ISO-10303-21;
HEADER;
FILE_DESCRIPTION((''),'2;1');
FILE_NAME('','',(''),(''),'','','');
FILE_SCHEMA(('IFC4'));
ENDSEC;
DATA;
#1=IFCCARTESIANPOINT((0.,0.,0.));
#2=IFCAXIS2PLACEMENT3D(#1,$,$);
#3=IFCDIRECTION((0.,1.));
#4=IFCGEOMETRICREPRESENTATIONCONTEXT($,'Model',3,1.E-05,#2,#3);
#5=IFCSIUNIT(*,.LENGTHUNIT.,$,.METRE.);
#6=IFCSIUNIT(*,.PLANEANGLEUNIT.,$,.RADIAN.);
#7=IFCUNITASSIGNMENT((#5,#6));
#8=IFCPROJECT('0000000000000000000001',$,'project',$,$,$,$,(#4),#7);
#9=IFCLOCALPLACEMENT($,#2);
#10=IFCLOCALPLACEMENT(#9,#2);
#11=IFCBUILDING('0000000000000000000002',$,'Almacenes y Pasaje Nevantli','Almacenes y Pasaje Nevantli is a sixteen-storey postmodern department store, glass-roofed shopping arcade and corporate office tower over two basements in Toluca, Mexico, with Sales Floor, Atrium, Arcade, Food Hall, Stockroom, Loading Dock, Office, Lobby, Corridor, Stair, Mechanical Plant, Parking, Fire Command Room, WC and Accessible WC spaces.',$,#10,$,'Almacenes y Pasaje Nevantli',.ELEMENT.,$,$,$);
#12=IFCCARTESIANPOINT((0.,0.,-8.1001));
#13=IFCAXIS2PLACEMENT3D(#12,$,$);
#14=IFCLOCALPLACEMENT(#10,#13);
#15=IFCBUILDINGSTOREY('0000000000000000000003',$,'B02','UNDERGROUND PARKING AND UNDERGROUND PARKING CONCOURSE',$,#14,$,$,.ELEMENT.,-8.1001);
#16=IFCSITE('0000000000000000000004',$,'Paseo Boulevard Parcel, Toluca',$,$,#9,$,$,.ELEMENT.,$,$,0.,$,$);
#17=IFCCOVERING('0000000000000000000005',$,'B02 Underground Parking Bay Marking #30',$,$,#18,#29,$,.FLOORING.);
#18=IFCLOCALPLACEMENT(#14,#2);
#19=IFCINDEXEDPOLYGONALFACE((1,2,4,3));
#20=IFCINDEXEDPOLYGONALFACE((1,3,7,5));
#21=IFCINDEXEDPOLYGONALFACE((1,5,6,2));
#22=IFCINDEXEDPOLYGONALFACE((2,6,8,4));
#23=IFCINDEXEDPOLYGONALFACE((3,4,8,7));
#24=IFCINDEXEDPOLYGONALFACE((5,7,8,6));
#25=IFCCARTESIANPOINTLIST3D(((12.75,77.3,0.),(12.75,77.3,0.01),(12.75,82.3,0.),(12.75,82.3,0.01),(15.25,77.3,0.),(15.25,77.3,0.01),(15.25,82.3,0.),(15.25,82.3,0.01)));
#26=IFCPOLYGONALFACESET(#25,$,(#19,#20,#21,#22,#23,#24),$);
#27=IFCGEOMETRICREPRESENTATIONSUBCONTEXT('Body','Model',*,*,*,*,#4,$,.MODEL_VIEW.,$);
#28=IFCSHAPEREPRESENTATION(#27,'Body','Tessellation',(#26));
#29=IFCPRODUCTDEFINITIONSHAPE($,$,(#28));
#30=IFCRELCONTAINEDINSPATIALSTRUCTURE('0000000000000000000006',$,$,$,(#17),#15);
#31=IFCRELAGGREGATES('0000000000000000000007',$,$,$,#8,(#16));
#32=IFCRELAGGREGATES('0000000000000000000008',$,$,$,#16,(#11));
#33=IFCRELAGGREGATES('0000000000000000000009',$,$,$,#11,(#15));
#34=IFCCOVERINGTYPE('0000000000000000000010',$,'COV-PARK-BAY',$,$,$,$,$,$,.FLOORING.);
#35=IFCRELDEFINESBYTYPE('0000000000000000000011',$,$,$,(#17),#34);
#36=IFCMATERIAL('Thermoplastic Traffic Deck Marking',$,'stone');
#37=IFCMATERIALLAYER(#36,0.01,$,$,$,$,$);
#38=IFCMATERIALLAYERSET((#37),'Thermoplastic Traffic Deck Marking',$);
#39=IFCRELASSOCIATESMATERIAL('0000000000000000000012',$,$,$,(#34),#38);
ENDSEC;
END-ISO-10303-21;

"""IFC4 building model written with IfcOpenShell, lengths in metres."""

from ifc_helpers import new_model, si_unit, direction, frame, origin, origin_2d, place, context, subcontext, project, spatial, rectangle, extrude, material, layer, layer_set, type_object, element, save


model = new_model("IFC4")

# Units and contexts
model_context = context("Model", 3, precision=1e-05, world=origin(), true_north=direction((0.0, 1.0)))
body_context = subcontext(model_context, "Body", "Model", "MODEL_VIEW")
ifc_project = project(units=[si_unit("LENGTHUNIT", "METRE"), si_unit("PLANEANGLEUNIT", "RADIAN")], contexts=[model_context])

# Site, building, storey
site_placement = place(None, origin())
site = spatial("IfcSite", under=ifc_project, at=site_placement, Name="Paseo Boulevard Parcel, Toluca", CompositionType="ELEMENT", RefElevation=0.0)
building_placement = place(site_placement, origin())
building = spatial("IfcBuilding", under=site, at=building_placement, Name="Almacenes y Pasaje Nevantli", Description="Almacenes y Pasaje Nevantli is a sixteen-storey postmodern department store, glass-roofed shopping arcade and corporate office tower over two basements in Toluca, Mexico, with Sales Floor, Atrium, Arcade, Food Hall, Stockroom, Loading Dock, Office, Lobby, Corridor, Stair, Mechanical Plant, Parking, Fire Command Room, WC and Accessible WC spaces.", LongName="Almacenes y Pasaje Nevantli", CompositionType="ELEMENT")
storey_placement = place(building_placement, frame((0.0, 0.0, -8.1001)))
storey = spatial("IfcBuildingStorey", under=building, at=storey_placement, Name="B02", Description="UNDERGROUND PARKING AND UNDERGROUND PARKING CONCOURSE", CompositionType="ELEMENT", Elevation=-8.1001)

# Covering
ifc_material_1 = material(Name="Thermoplastic Traffic Deck Marking", Category="stone")
ifc_layer_1 = layer(ifc_material_1, 0.01)
ifc_layer_set_1 = layer_set([ifc_layer_1], Name="Thermoplastic Traffic Deck Marking")
covering_type = type_object("IfcCoveringType", Name="COV-PARK-BAY", PredefinedType="FLOORING", material=ifc_layer_set_1)
for number, where, z_axis, x_axis, name in (
    (1, (14.0, 79.8, 0.0), (0.0, 0.0, 1.0), (1.0, 0.0, 0.0), "B02 Underground Parking Bay Marking #30"),
):
    element("IfcCovering", number, at=place(storey_placement, frame(where, z_axis=z_axis, x_axis=x_axis)), inside=storey, type_object=covering_type, Name=name, PredefinedType="FLOORING", context=body_context, shape_type="SweptSolid", body=[
        extrude(rectangle(XDim=2.5, YDim=5.0, at=origin_2d()), origin(), (0.0, 0.0, 1.0), 0.01),
    ])

save(model, "model.ifc")
